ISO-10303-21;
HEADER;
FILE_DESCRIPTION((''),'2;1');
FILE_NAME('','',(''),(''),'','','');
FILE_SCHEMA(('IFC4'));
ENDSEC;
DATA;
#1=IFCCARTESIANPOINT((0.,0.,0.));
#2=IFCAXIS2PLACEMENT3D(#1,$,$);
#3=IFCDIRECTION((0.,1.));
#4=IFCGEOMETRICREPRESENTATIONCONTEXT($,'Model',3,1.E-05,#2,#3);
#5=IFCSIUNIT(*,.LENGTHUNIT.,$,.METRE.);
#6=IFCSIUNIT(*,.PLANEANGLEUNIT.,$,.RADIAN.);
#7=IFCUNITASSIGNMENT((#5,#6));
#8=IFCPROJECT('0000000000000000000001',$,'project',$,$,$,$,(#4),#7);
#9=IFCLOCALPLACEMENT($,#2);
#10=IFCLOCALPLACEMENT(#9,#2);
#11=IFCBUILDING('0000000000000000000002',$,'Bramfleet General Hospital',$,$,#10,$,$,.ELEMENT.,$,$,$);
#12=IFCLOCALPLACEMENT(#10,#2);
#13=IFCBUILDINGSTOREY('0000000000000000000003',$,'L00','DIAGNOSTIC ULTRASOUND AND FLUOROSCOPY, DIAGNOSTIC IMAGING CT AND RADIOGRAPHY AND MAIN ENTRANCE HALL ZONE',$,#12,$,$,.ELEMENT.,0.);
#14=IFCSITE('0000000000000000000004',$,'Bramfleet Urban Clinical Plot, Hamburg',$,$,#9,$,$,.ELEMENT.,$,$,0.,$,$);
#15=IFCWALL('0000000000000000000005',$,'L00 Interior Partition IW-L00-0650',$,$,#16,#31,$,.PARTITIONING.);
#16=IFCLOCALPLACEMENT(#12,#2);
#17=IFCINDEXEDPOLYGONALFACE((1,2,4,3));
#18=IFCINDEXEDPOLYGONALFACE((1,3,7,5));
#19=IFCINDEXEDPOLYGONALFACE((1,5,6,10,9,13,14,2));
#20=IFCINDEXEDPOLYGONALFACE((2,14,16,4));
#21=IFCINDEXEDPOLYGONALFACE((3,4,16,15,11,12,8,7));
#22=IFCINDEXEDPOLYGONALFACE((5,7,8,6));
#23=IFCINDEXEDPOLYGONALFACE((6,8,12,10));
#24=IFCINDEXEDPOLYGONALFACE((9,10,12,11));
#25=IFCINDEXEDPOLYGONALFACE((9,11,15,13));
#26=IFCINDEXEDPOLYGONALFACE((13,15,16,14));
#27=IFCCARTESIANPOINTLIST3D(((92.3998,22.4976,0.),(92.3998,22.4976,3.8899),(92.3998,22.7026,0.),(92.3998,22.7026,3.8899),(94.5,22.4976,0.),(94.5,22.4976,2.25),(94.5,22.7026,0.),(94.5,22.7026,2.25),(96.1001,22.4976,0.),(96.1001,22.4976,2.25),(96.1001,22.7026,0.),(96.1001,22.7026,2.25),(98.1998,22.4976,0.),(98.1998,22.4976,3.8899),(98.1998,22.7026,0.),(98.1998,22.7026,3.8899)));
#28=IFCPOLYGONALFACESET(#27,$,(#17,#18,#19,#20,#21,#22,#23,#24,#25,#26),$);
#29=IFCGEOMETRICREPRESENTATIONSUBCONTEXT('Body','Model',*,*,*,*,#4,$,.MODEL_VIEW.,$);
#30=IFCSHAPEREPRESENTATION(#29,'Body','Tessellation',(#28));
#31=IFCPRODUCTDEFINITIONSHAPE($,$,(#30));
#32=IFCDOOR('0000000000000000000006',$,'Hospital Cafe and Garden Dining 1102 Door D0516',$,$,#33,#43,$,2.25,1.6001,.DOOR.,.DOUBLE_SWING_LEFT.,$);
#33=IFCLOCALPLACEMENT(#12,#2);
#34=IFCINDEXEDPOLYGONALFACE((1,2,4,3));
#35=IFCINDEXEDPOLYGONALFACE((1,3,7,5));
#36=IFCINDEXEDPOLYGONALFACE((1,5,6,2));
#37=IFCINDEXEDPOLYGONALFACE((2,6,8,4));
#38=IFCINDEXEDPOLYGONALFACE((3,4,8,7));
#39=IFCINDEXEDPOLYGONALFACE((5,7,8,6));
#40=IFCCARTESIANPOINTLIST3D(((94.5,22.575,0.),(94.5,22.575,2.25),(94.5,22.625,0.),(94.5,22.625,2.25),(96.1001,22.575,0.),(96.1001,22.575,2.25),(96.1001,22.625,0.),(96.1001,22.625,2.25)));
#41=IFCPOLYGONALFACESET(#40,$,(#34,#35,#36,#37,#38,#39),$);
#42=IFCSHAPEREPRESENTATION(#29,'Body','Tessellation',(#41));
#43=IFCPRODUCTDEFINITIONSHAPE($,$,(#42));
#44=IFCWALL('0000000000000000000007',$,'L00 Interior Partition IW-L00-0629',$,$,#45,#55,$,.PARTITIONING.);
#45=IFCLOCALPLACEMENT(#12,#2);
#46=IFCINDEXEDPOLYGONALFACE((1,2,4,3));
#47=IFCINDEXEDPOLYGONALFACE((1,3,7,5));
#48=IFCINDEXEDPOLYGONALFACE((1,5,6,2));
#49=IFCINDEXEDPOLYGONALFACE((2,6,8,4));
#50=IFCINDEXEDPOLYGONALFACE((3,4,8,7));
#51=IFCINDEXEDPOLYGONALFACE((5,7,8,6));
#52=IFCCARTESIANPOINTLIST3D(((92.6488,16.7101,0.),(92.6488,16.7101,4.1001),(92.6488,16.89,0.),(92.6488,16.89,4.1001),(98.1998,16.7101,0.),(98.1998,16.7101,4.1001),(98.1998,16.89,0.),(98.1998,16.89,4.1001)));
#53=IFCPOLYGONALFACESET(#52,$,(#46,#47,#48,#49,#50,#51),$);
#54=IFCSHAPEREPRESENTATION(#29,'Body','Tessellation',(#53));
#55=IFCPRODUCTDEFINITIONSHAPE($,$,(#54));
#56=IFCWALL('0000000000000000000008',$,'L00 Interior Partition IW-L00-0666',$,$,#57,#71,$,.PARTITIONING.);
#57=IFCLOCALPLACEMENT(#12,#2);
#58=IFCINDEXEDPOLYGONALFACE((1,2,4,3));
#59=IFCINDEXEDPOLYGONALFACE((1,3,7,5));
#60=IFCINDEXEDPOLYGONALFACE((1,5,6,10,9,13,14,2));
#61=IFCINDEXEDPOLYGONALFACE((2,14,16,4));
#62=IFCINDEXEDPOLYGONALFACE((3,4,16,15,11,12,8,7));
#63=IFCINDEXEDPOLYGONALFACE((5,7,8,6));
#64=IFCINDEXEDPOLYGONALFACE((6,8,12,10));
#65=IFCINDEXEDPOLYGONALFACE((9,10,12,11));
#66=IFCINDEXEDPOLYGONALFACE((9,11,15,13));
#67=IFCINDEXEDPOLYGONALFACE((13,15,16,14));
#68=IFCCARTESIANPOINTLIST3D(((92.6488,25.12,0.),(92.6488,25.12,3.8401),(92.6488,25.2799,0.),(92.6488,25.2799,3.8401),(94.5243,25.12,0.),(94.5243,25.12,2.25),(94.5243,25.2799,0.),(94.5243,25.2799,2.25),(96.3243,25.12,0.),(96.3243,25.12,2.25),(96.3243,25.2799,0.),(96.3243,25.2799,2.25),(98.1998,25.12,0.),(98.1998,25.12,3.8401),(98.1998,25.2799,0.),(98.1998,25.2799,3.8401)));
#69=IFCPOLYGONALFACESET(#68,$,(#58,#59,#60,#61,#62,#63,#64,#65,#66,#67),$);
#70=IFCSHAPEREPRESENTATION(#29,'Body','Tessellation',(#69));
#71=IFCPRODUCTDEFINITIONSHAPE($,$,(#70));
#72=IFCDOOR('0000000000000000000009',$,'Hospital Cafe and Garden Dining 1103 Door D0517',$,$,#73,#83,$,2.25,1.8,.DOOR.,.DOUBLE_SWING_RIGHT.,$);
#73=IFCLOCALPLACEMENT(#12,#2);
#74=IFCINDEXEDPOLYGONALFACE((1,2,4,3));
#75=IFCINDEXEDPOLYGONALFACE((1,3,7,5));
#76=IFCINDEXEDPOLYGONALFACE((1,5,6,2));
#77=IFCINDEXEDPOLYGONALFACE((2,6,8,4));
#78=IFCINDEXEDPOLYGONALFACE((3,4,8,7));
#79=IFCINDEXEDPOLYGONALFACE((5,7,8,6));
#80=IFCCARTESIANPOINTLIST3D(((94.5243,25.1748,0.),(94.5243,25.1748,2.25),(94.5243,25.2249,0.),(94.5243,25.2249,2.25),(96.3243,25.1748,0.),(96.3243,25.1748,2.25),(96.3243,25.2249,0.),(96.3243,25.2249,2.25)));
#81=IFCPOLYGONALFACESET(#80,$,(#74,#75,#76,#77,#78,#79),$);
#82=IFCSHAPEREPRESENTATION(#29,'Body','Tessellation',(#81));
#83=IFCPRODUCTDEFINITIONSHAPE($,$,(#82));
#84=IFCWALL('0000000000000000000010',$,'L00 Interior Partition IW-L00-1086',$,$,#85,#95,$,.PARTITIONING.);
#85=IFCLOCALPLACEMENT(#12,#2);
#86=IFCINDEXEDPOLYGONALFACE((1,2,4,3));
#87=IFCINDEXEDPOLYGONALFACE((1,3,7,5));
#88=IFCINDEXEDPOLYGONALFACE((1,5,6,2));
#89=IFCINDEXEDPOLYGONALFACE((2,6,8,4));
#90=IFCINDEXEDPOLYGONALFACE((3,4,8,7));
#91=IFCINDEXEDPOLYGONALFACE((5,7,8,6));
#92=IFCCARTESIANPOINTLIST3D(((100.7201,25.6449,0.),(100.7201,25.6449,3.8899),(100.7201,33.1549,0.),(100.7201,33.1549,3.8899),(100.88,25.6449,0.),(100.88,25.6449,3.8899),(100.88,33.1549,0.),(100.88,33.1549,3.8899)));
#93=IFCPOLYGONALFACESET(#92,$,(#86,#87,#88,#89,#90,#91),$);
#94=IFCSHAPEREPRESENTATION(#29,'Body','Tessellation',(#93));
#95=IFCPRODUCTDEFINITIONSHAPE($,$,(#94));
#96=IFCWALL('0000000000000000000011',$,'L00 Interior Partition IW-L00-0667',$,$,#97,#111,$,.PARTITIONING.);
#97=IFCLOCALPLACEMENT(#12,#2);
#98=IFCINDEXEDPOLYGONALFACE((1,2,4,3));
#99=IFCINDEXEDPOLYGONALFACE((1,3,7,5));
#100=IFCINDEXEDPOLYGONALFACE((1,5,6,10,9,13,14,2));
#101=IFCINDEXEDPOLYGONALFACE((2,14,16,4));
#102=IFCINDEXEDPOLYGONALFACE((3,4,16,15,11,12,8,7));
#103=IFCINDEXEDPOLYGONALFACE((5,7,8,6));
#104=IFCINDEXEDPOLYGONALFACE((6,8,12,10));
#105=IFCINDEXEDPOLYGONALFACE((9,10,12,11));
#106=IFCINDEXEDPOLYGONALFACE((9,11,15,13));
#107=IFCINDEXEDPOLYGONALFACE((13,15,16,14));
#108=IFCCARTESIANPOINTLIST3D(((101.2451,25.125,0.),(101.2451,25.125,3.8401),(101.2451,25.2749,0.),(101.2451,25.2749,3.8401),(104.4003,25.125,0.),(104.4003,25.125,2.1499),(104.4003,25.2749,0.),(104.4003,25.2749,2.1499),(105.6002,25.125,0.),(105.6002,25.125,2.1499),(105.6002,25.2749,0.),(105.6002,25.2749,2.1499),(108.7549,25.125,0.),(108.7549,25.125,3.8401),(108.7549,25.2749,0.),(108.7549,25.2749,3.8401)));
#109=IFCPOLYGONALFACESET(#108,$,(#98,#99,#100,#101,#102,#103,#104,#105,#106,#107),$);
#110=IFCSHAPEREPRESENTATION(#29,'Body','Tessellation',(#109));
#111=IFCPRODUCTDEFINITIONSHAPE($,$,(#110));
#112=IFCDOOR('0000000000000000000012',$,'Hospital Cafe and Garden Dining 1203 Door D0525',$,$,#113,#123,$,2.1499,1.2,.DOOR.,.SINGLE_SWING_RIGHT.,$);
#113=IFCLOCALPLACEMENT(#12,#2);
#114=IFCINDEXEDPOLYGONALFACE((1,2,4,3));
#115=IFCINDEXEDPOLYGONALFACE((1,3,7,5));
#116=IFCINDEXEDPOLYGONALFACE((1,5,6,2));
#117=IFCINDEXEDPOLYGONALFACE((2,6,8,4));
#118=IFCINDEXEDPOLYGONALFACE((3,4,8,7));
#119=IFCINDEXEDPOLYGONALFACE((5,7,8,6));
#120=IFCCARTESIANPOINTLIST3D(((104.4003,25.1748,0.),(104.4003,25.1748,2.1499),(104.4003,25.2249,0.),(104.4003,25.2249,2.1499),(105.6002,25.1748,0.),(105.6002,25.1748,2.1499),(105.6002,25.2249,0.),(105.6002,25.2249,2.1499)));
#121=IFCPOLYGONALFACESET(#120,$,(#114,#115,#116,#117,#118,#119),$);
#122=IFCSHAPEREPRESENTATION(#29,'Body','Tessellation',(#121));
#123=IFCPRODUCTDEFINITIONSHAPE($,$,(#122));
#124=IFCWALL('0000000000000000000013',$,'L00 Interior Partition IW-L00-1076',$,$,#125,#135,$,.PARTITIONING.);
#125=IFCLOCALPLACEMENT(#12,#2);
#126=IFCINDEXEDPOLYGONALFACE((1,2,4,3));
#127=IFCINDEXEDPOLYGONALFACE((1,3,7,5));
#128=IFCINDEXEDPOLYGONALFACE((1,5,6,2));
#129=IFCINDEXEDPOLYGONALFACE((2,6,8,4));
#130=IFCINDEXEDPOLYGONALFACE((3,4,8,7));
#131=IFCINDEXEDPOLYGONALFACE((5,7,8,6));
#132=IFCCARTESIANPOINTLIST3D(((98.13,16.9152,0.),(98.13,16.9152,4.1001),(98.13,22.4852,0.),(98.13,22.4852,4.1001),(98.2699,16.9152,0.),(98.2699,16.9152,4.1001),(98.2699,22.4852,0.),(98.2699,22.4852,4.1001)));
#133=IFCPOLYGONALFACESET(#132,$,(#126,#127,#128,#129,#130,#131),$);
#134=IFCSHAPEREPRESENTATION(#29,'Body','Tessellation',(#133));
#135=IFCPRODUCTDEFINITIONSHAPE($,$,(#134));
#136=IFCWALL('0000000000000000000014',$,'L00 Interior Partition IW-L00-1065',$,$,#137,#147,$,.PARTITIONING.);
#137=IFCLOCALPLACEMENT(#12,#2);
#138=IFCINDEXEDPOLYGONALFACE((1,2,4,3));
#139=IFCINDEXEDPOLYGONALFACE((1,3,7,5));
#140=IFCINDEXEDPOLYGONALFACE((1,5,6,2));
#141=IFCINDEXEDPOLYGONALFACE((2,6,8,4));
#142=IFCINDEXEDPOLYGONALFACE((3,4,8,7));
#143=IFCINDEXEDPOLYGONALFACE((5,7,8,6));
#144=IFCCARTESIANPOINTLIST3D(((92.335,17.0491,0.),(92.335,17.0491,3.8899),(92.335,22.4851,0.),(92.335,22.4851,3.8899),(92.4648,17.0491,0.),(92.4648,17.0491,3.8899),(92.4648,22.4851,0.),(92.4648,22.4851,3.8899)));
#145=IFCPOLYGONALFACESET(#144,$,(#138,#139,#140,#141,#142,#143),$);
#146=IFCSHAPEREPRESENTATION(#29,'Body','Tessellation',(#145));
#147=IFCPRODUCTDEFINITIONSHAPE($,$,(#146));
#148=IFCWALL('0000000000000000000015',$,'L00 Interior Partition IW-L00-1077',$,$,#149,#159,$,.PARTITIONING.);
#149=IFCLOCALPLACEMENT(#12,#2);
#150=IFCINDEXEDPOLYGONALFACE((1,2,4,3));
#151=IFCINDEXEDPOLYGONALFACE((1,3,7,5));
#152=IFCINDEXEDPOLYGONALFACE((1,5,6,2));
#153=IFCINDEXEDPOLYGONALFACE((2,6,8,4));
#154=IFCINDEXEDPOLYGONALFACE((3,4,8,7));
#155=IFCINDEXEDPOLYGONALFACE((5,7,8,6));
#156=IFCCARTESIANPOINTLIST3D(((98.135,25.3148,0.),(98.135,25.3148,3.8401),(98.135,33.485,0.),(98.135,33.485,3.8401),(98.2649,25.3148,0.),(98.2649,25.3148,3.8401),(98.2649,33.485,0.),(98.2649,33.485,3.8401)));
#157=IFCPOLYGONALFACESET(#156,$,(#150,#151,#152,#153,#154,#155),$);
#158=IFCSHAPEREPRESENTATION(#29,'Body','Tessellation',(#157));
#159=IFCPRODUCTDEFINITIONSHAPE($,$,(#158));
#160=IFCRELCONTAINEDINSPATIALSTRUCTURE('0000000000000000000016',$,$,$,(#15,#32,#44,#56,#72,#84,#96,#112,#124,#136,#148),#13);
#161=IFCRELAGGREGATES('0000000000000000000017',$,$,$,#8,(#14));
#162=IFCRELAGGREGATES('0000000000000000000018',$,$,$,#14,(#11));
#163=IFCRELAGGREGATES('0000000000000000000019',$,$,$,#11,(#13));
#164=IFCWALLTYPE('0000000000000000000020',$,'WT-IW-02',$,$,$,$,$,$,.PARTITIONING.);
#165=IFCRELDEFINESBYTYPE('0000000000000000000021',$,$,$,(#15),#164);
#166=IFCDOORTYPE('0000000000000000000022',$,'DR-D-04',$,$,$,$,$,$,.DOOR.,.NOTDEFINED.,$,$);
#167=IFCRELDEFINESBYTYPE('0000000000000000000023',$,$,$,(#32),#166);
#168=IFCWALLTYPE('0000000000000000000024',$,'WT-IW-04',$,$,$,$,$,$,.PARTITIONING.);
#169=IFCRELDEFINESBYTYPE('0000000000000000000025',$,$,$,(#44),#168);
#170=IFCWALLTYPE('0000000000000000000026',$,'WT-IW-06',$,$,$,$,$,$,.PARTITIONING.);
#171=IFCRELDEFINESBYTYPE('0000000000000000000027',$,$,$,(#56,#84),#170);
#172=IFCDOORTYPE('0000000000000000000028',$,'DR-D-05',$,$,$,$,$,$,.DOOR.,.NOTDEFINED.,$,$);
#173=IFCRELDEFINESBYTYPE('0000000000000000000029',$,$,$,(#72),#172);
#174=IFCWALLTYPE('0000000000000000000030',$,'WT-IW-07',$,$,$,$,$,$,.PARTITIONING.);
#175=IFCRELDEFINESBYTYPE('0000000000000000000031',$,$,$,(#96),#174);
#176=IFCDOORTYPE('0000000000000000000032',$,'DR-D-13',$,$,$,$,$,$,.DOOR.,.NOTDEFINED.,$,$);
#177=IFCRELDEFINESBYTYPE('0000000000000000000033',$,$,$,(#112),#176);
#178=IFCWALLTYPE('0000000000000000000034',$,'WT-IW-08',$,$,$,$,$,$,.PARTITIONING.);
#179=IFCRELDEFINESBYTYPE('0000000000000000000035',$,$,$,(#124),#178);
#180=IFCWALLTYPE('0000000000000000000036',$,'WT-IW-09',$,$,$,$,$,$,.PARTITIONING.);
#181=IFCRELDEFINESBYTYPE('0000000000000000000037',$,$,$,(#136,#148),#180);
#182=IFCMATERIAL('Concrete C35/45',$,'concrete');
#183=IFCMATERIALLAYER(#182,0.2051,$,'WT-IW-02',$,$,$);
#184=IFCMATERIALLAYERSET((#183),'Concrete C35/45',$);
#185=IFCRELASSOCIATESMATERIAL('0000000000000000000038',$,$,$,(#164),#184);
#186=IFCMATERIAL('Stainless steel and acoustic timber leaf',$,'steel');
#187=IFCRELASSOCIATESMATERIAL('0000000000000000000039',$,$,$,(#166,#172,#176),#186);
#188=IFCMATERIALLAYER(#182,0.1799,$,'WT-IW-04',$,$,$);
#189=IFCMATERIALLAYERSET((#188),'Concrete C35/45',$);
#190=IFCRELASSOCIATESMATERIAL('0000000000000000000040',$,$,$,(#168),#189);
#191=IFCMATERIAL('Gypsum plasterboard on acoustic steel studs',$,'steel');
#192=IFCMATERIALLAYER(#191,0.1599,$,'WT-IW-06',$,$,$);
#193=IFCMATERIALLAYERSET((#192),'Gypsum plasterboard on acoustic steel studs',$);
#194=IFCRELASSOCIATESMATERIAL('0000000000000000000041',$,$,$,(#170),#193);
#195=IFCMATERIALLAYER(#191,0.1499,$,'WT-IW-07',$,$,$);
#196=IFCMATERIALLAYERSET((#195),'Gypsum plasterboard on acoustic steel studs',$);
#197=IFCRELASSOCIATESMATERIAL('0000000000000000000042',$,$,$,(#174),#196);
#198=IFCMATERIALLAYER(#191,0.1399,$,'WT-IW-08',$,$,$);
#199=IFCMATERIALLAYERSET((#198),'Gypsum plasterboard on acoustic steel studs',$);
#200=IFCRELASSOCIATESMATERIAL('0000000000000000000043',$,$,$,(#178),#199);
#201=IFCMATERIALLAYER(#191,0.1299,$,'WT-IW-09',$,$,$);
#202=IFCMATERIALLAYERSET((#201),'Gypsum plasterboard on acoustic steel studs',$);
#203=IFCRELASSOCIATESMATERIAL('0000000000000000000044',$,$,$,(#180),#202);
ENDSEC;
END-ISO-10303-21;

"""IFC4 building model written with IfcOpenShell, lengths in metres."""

from ifc_helpers import new_model, si_unit, direction, frame, frame_2d, origin, place, context, subcontext, project, spatial, rectangle, extrude, material, layer, layer_set, type_object, element, fill, save


model = new_model("IFC4")

# Units and contexts
model_context = context("Model", 3, precision=1e-05, world=origin(), true_north=direction((0.0, 1.0)))
body_context = subcontext(model_context, "Body", "Model", "MODEL_VIEW")
ifc_project = project(units=[si_unit("LENGTHUNIT", "METRE"), si_unit("PLANEANGLEUNIT", "RADIAN")], contexts=[model_context])

# Site, building, storey
site_placement = place(None, origin())
site = spatial("IfcSite", under=ifc_project, at=site_placement, Name="Bramfleet Urban Clinical Plot, Hamburg", CompositionType="ELEMENT", RefElevation=0.0)
building_placement = place(site_placement, origin())
building = spatial("IfcBuilding", under=site, at=building_placement, Name="Bramfleet General Hospital", CompositionType="ELEMENT")
storey_placement = place(building_placement, origin())
storey = spatial("IfcBuildingStorey", under=building, at=storey_placement, Name="L00", Description="DIAGNOSTIC ULTRASOUND AND FLUOROSCOPY, DIAGNOSTIC IMAGING CT AND RADIOGRAPHY AND MAIN ENTRANCE HALL ZONE", CompositionType="ELEMENT", Elevation=0.0)

# Shared definitions
ifc_material_1 = material(Name="Concrete C35/45", Category="concrete")

# Shared definitions
ifc_layer_1 = layer(ifc_material_1, 0.2051, Name="WT-IW-02")
ifc_layer_set_1 = layer_set([ifc_layer_1], Name="Concrete C35/45")
wall_type_1 = type_object("IfcWallType", Name="WT-IW-02", PredefinedType="PARTITIONING", material=ifc_layer_set_1)

# Wall, opening, door
wall_1_placement = place(storey_placement, frame((92.3999, 22.6001, 0.0), z_axis=(0.0, 0.0, 1.0), x_axis=(1.0, 0.0, 0.0)))
wall_1 = element("IfcWall", 1, at=wall_1_placement, inside=storey, type_object=wall_type_1, Name="L00 Interior Partition IW-L00-0650", PredefinedType="PARTITIONING", context=body_context, shape_type="SweptSolid", body=[
    extrude(rectangle(XDim=5.8, YDim=0.2051, at=frame_2d((2.8999, 0.0))), origin(), (0.0, 0.0, 1.0), 3.8899),
])
opening_1_placement = place(wall_1_placement, frame((2.1001, 0.0, 0.0)))
opening_1 = element("IfcOpeningElement", 2, at=opening_1_placement, cuts=wall_1, PredefinedType="OPENING", context=body_context, shape_type="SweptSolid", body=[
    extrude(rectangle(XDim=1.6001, YDim=2.25, at=frame_2d((0.8, 1.125))), frame((0.0, 0.1125, 0.0), z_axis=(0.0, -1.0, 0.0), x_axis=(1.0, 0.0, 0.0)), (0.0, 0.0, 1.0), 0.2251),
])
ifc_material_2 = material(Name="Stainless steel and acoustic timber leaf", Category="steel")
door_type_1 = type_object("IfcDoorType", Name="DR-D-04", OperationType="NOTDEFINED", PredefinedType="DOOR", material=ifc_material_2)
door_1_placement = place(opening_1_placement, origin())
door_1 = element("IfcDoor", 3, at=door_1_placement, inside=storey, type_object=door_type_1, Name="Hospital Cafe and Garden Dining 1102 Door D0516", OperationType="DOUBLE_SWING_LEFT", OverallHeight=2.25, OverallWidth=1.6001, PredefinedType="DOOR", context=body_context, shape_type="SweptSolid", body=[
    extrude(rectangle(XDim=1.6001, YDim=2.25, at=frame_2d((0.8, 1.125))), frame((0.0, 0.0249, 0.0), z_axis=(0.0, -1.0, 0.0), x_axis=(1.0, 0.0, 0.0)), (0.0, 0.0, 1.0), 0.05),
])
fill(opening_1, door_1)

# Wall
ifc_layer_2 = layer(ifc_material_1, 0.1799, Name="WT-IW-04")
ifc_layer_set_2 = layer_set([ifc_layer_2], Name="Concrete C35/45")
wall_type_2 = type_object("IfcWallType", Name="WT-IW-04", PredefinedType="PARTITIONING", material=ifc_layer_set_2)
wall_2_placement = place(storey_placement, frame((92.6489, 16.8, 0.0), z_axis=(0.0, 0.0, 1.0), x_axis=(1.0, 0.0, 0.0)))
element("IfcWall", 4, at=wall_2_placement, inside=storey, type_object=wall_type_2, Name="L00 Interior Partition IW-L00-0629", PredefinedType="PARTITIONING", context=body_context, shape_type="SweptSolid", body=[
    extrude(rectangle(XDim=5.551, YDim=0.1799, at=frame_2d((2.7754, 0.0))), origin(), (0.0, 0.0, 1.0), 4.1001),
])

# Wall, opening, door
ifc_material_3 = material(Name="Gypsum plasterboard on acoustic steel studs", Category="steel")
ifc_layer_3 = layer(ifc_material_3, 0.1599, Name="WT-IW-06")
ifc_layer_set_3 = layer_set([ifc_layer_3], Name="Gypsum plasterboard on acoustic steel studs")
wall_type_3 = type_object("IfcWallType", Name="WT-IW-06", PredefinedType="PARTITIONING", material=ifc_layer_set_3)
wall_3_placement = place(storey_placement, frame((92.6489, 25.2, 0.0), z_axis=(0.0, 0.0, 1.0), x_axis=(1.0, 0.0, 0.0)))
wall_3 = element("IfcWall", 5, at=wall_3_placement, inside=storey, type_object=wall_type_3, Name="L00 Interior Partition IW-L00-0666", PredefinedType="PARTITIONING", context=body_context, shape_type="SweptSolid", body=[
    extrude(rectangle(XDim=5.551, YDim=0.1599, at=frame_2d((2.7754, 0.0))), origin(), (0.0, 0.0, 1.0), 3.8401),
])
opening_2_placement = place(wall_3_placement, frame((1.8755, 0.0, 0.0)))
opening_2 = element("IfcOpeningElement", 6, at=opening_2_placement, cuts=wall_3, PredefinedType="OPENING", context=body_context, shape_type="SweptSolid", body=[
    extrude(rectangle(XDim=1.8, YDim=2.25, at=frame_2d((0.8999, 1.125))), frame((0.0, 0.0898, 0.0), z_axis=(0.0, -1.0, 0.0), x_axis=(1.0, 0.0, 0.0)), (0.0, 0.0, 1.0), 0.1799),
])
door_type_2 = type_object("IfcDoorType", Name="DR-D-05", OperationType="NOTDEFINED", PredefinedType="DOOR", material=ifc_material_2)
door_2_placement = place(opening_2_placement, origin())
door_2 = element("IfcDoor", 7, at=door_2_placement, inside=storey, type_object=door_type_2, Name="Hospital Cafe and Garden Dining 1103 Door D0517", OperationType="DOUBLE_SWING_RIGHT", OverallHeight=2.25, OverallWidth=1.8, PredefinedType="DOOR", context=body_context, shape_type="SweptSolid", body=[
    extrude(rectangle(XDim=1.8, YDim=2.25, at=frame_2d((0.8999, 1.125))), frame((0.0, 0.0249, 0.0), z_axis=(0.0, -1.0, 0.0), x_axis=(1.0, 0.0, 0.0)), (0.0, 0.0, 1.0), 0.05),
])
fill(opening_2, door_2)

# Wall
wall_4_placement = place(storey_placement, frame((100.8, 25.645, 0.0), z_axis=(0.0, 0.0, 1.0), x_axis=(0.0, 1.0, 0.0)))
element("IfcWall", 8, at=wall_4_placement, inside=storey, type_object=wall_type_3, Name="L00 Interior Partition IW-L00-1086", PredefinedType="PARTITIONING", context=body_context, shape_type="SweptSolid", body=[
    extrude(rectangle(XDim=7.51, YDim=0.1599, at=frame_2d((3.7549, 0.0))), origin(), (0.0, 0.0, 1.0), 3.8899),
])

# Wall, opening, door
ifc_layer_4 = layer(ifc_material_3, 0.1499, Name="WT-IW-07")
ifc_layer_set_4 = layer_set([ifc_layer_4], Name="Gypsum plasterboard on acoustic steel studs")
wall_type_4 = type_object("IfcWallType", Name="WT-IW-07", PredefinedType="PARTITIONING", material=ifc_layer_set_4)
wall_5_placement = place(storey_placement, frame((101.2451, 25.2, 0.0), z_axis=(0.0, 0.0, 1.0), x_axis=(1.0, 0.0, 0.0)))
wall_5 = element("IfcWall", 9, at=wall_5_placement, inside=storey, type_object=wall_type_4, Name="L00 Interior Partition IW-L00-0667", PredefinedType="PARTITIONING", context=body_context, shape_type="SweptSolid", body=[
    extrude(rectangle(XDim=7.5098, YDim=0.1499, at=frame_2d((3.7549, 0.0))), origin(), (0.0, 0.0, 1.0), 3.8401),
])
opening_3_placement = place(wall_5_placement, frame((3.155, 0.0, 0.0)))
opening_3 = element("IfcOpeningElement", 10, at=opening_3_placement, cuts=wall_5, PredefinedType="OPENING", context=body_context, shape_type="SweptSolid", body=[
    extrude(rectangle(XDim=1.2, YDim=2.1499, at=frame_2d((0.6001, 1.075))), frame((0.0, 0.085, 0.0), z_axis=(0.0, -1.0, 0.0), x_axis=(1.0, 0.0, 0.0)), (0.0, 0.0, 1.0), 0.1699),
])
door_type_3 = type_object("IfcDoorType", Name="DR-D-13", OperationType="NOTDEFINED", PredefinedType="DOOR", material=ifc_material_2)
door_3_placement = place(opening_3_placement, origin())
door_3 = element("IfcDoor", 11, at=door_3_placement, inside=storey, type_object=door_type_3, Name="Hospital Cafe and Garden Dining 1203 Door D0525", OperationType="SINGLE_SWING_RIGHT", OverallHeight=2.1499, OverallWidth=1.2, PredefinedType="DOOR", context=body_context, shape_type="SweptSolid", body=[
    extrude(rectangle(XDim=1.2, YDim=2.1499, at=frame_2d((0.6001, 1.075))), frame((0.0, 0.0249, 0.0), z_axis=(0.0, -1.0, 0.0), x_axis=(1.0, 0.0, 0.0)), (0.0, 0.0, 1.0), 0.05),
])
fill(opening_3, door_3)

# Walls
ifc_layer_5 = layer(ifc_material_3, 0.1399, Name="WT-IW-08")
ifc_layer_set_5 = layer_set([ifc_layer_5], Name="Gypsum plasterboard on acoustic steel studs")
wall_type_5 = type_object("IfcWallType", Name="WT-IW-08", PredefinedType="PARTITIONING", material=ifc_layer_set_5)
wall_6_placement = place(storey_placement, frame((98.2, 16.915, 0.0), z_axis=(0.0, 0.0, 1.0), x_axis=(0.0, 1.0, 0.0)))
element("IfcWall", 12, at=wall_6_placement, inside=storey, type_object=wall_type_5, Name="L00 Interior Partition IW-L00-1076", PredefinedType="PARTITIONING", context=body_context, shape_type="SweptSolid", body=[
    extrude(rectangle(XDim=5.5701, YDim=0.1399, at=frame_2d((2.7852, 0.0))), origin(), (0.0, 0.0, 1.0), 4.1001),
])
ifc_layer_6 = layer(ifc_material_3, 0.1299, Name="WT-IW-09")
ifc_layer_set_6 = layer_set([ifc_layer_6], Name="Gypsum plasterboard on acoustic steel studs")
wall_type_6 = type_object("IfcWallType", Name="WT-IW-09", PredefinedType="PARTITIONING", material=ifc_layer_set_6)
wall_7_placement = place(storey_placement, frame((92.3999, 17.0491, 0.0), z_axis=(0.0, 0.0, 1.0), x_axis=(0.0, 1.0, 0.0)))
element("IfcWall", 13, at=wall_7_placement, inside=storey, type_object=wall_type_6, Name="L00 Interior Partition IW-L00-1065", PredefinedType="PARTITIONING", context=body_context, shape_type="SweptSolid", body=[
    extrude(rectangle(XDim=5.436, YDim=0.1299, at=frame_2d((2.718, 0.0))), origin(), (0.0, 0.0, 1.0), 3.8899),
])
wall_8_placement = place(storey_placement, frame((98.2, 25.3149, 0.0), z_axis=(0.0, 0.0, 1.0), x_axis=(0.0, 1.0, 0.0)))
element("IfcWall", 14, at=wall_8_placement, inside=storey, type_object=wall_type_6, Name="L00 Interior Partition IW-L00-1077", PredefinedType="PARTITIONING", context=body_context, shape_type="SweptSolid", body=[
    extrude(rectangle(XDim=8.1702, YDim=0.1299, at=frame_2d((4.085, 0.0))), origin(), (0.0, 0.0, 1.0), 3.8401),
])

save(model, "model.ifc")
